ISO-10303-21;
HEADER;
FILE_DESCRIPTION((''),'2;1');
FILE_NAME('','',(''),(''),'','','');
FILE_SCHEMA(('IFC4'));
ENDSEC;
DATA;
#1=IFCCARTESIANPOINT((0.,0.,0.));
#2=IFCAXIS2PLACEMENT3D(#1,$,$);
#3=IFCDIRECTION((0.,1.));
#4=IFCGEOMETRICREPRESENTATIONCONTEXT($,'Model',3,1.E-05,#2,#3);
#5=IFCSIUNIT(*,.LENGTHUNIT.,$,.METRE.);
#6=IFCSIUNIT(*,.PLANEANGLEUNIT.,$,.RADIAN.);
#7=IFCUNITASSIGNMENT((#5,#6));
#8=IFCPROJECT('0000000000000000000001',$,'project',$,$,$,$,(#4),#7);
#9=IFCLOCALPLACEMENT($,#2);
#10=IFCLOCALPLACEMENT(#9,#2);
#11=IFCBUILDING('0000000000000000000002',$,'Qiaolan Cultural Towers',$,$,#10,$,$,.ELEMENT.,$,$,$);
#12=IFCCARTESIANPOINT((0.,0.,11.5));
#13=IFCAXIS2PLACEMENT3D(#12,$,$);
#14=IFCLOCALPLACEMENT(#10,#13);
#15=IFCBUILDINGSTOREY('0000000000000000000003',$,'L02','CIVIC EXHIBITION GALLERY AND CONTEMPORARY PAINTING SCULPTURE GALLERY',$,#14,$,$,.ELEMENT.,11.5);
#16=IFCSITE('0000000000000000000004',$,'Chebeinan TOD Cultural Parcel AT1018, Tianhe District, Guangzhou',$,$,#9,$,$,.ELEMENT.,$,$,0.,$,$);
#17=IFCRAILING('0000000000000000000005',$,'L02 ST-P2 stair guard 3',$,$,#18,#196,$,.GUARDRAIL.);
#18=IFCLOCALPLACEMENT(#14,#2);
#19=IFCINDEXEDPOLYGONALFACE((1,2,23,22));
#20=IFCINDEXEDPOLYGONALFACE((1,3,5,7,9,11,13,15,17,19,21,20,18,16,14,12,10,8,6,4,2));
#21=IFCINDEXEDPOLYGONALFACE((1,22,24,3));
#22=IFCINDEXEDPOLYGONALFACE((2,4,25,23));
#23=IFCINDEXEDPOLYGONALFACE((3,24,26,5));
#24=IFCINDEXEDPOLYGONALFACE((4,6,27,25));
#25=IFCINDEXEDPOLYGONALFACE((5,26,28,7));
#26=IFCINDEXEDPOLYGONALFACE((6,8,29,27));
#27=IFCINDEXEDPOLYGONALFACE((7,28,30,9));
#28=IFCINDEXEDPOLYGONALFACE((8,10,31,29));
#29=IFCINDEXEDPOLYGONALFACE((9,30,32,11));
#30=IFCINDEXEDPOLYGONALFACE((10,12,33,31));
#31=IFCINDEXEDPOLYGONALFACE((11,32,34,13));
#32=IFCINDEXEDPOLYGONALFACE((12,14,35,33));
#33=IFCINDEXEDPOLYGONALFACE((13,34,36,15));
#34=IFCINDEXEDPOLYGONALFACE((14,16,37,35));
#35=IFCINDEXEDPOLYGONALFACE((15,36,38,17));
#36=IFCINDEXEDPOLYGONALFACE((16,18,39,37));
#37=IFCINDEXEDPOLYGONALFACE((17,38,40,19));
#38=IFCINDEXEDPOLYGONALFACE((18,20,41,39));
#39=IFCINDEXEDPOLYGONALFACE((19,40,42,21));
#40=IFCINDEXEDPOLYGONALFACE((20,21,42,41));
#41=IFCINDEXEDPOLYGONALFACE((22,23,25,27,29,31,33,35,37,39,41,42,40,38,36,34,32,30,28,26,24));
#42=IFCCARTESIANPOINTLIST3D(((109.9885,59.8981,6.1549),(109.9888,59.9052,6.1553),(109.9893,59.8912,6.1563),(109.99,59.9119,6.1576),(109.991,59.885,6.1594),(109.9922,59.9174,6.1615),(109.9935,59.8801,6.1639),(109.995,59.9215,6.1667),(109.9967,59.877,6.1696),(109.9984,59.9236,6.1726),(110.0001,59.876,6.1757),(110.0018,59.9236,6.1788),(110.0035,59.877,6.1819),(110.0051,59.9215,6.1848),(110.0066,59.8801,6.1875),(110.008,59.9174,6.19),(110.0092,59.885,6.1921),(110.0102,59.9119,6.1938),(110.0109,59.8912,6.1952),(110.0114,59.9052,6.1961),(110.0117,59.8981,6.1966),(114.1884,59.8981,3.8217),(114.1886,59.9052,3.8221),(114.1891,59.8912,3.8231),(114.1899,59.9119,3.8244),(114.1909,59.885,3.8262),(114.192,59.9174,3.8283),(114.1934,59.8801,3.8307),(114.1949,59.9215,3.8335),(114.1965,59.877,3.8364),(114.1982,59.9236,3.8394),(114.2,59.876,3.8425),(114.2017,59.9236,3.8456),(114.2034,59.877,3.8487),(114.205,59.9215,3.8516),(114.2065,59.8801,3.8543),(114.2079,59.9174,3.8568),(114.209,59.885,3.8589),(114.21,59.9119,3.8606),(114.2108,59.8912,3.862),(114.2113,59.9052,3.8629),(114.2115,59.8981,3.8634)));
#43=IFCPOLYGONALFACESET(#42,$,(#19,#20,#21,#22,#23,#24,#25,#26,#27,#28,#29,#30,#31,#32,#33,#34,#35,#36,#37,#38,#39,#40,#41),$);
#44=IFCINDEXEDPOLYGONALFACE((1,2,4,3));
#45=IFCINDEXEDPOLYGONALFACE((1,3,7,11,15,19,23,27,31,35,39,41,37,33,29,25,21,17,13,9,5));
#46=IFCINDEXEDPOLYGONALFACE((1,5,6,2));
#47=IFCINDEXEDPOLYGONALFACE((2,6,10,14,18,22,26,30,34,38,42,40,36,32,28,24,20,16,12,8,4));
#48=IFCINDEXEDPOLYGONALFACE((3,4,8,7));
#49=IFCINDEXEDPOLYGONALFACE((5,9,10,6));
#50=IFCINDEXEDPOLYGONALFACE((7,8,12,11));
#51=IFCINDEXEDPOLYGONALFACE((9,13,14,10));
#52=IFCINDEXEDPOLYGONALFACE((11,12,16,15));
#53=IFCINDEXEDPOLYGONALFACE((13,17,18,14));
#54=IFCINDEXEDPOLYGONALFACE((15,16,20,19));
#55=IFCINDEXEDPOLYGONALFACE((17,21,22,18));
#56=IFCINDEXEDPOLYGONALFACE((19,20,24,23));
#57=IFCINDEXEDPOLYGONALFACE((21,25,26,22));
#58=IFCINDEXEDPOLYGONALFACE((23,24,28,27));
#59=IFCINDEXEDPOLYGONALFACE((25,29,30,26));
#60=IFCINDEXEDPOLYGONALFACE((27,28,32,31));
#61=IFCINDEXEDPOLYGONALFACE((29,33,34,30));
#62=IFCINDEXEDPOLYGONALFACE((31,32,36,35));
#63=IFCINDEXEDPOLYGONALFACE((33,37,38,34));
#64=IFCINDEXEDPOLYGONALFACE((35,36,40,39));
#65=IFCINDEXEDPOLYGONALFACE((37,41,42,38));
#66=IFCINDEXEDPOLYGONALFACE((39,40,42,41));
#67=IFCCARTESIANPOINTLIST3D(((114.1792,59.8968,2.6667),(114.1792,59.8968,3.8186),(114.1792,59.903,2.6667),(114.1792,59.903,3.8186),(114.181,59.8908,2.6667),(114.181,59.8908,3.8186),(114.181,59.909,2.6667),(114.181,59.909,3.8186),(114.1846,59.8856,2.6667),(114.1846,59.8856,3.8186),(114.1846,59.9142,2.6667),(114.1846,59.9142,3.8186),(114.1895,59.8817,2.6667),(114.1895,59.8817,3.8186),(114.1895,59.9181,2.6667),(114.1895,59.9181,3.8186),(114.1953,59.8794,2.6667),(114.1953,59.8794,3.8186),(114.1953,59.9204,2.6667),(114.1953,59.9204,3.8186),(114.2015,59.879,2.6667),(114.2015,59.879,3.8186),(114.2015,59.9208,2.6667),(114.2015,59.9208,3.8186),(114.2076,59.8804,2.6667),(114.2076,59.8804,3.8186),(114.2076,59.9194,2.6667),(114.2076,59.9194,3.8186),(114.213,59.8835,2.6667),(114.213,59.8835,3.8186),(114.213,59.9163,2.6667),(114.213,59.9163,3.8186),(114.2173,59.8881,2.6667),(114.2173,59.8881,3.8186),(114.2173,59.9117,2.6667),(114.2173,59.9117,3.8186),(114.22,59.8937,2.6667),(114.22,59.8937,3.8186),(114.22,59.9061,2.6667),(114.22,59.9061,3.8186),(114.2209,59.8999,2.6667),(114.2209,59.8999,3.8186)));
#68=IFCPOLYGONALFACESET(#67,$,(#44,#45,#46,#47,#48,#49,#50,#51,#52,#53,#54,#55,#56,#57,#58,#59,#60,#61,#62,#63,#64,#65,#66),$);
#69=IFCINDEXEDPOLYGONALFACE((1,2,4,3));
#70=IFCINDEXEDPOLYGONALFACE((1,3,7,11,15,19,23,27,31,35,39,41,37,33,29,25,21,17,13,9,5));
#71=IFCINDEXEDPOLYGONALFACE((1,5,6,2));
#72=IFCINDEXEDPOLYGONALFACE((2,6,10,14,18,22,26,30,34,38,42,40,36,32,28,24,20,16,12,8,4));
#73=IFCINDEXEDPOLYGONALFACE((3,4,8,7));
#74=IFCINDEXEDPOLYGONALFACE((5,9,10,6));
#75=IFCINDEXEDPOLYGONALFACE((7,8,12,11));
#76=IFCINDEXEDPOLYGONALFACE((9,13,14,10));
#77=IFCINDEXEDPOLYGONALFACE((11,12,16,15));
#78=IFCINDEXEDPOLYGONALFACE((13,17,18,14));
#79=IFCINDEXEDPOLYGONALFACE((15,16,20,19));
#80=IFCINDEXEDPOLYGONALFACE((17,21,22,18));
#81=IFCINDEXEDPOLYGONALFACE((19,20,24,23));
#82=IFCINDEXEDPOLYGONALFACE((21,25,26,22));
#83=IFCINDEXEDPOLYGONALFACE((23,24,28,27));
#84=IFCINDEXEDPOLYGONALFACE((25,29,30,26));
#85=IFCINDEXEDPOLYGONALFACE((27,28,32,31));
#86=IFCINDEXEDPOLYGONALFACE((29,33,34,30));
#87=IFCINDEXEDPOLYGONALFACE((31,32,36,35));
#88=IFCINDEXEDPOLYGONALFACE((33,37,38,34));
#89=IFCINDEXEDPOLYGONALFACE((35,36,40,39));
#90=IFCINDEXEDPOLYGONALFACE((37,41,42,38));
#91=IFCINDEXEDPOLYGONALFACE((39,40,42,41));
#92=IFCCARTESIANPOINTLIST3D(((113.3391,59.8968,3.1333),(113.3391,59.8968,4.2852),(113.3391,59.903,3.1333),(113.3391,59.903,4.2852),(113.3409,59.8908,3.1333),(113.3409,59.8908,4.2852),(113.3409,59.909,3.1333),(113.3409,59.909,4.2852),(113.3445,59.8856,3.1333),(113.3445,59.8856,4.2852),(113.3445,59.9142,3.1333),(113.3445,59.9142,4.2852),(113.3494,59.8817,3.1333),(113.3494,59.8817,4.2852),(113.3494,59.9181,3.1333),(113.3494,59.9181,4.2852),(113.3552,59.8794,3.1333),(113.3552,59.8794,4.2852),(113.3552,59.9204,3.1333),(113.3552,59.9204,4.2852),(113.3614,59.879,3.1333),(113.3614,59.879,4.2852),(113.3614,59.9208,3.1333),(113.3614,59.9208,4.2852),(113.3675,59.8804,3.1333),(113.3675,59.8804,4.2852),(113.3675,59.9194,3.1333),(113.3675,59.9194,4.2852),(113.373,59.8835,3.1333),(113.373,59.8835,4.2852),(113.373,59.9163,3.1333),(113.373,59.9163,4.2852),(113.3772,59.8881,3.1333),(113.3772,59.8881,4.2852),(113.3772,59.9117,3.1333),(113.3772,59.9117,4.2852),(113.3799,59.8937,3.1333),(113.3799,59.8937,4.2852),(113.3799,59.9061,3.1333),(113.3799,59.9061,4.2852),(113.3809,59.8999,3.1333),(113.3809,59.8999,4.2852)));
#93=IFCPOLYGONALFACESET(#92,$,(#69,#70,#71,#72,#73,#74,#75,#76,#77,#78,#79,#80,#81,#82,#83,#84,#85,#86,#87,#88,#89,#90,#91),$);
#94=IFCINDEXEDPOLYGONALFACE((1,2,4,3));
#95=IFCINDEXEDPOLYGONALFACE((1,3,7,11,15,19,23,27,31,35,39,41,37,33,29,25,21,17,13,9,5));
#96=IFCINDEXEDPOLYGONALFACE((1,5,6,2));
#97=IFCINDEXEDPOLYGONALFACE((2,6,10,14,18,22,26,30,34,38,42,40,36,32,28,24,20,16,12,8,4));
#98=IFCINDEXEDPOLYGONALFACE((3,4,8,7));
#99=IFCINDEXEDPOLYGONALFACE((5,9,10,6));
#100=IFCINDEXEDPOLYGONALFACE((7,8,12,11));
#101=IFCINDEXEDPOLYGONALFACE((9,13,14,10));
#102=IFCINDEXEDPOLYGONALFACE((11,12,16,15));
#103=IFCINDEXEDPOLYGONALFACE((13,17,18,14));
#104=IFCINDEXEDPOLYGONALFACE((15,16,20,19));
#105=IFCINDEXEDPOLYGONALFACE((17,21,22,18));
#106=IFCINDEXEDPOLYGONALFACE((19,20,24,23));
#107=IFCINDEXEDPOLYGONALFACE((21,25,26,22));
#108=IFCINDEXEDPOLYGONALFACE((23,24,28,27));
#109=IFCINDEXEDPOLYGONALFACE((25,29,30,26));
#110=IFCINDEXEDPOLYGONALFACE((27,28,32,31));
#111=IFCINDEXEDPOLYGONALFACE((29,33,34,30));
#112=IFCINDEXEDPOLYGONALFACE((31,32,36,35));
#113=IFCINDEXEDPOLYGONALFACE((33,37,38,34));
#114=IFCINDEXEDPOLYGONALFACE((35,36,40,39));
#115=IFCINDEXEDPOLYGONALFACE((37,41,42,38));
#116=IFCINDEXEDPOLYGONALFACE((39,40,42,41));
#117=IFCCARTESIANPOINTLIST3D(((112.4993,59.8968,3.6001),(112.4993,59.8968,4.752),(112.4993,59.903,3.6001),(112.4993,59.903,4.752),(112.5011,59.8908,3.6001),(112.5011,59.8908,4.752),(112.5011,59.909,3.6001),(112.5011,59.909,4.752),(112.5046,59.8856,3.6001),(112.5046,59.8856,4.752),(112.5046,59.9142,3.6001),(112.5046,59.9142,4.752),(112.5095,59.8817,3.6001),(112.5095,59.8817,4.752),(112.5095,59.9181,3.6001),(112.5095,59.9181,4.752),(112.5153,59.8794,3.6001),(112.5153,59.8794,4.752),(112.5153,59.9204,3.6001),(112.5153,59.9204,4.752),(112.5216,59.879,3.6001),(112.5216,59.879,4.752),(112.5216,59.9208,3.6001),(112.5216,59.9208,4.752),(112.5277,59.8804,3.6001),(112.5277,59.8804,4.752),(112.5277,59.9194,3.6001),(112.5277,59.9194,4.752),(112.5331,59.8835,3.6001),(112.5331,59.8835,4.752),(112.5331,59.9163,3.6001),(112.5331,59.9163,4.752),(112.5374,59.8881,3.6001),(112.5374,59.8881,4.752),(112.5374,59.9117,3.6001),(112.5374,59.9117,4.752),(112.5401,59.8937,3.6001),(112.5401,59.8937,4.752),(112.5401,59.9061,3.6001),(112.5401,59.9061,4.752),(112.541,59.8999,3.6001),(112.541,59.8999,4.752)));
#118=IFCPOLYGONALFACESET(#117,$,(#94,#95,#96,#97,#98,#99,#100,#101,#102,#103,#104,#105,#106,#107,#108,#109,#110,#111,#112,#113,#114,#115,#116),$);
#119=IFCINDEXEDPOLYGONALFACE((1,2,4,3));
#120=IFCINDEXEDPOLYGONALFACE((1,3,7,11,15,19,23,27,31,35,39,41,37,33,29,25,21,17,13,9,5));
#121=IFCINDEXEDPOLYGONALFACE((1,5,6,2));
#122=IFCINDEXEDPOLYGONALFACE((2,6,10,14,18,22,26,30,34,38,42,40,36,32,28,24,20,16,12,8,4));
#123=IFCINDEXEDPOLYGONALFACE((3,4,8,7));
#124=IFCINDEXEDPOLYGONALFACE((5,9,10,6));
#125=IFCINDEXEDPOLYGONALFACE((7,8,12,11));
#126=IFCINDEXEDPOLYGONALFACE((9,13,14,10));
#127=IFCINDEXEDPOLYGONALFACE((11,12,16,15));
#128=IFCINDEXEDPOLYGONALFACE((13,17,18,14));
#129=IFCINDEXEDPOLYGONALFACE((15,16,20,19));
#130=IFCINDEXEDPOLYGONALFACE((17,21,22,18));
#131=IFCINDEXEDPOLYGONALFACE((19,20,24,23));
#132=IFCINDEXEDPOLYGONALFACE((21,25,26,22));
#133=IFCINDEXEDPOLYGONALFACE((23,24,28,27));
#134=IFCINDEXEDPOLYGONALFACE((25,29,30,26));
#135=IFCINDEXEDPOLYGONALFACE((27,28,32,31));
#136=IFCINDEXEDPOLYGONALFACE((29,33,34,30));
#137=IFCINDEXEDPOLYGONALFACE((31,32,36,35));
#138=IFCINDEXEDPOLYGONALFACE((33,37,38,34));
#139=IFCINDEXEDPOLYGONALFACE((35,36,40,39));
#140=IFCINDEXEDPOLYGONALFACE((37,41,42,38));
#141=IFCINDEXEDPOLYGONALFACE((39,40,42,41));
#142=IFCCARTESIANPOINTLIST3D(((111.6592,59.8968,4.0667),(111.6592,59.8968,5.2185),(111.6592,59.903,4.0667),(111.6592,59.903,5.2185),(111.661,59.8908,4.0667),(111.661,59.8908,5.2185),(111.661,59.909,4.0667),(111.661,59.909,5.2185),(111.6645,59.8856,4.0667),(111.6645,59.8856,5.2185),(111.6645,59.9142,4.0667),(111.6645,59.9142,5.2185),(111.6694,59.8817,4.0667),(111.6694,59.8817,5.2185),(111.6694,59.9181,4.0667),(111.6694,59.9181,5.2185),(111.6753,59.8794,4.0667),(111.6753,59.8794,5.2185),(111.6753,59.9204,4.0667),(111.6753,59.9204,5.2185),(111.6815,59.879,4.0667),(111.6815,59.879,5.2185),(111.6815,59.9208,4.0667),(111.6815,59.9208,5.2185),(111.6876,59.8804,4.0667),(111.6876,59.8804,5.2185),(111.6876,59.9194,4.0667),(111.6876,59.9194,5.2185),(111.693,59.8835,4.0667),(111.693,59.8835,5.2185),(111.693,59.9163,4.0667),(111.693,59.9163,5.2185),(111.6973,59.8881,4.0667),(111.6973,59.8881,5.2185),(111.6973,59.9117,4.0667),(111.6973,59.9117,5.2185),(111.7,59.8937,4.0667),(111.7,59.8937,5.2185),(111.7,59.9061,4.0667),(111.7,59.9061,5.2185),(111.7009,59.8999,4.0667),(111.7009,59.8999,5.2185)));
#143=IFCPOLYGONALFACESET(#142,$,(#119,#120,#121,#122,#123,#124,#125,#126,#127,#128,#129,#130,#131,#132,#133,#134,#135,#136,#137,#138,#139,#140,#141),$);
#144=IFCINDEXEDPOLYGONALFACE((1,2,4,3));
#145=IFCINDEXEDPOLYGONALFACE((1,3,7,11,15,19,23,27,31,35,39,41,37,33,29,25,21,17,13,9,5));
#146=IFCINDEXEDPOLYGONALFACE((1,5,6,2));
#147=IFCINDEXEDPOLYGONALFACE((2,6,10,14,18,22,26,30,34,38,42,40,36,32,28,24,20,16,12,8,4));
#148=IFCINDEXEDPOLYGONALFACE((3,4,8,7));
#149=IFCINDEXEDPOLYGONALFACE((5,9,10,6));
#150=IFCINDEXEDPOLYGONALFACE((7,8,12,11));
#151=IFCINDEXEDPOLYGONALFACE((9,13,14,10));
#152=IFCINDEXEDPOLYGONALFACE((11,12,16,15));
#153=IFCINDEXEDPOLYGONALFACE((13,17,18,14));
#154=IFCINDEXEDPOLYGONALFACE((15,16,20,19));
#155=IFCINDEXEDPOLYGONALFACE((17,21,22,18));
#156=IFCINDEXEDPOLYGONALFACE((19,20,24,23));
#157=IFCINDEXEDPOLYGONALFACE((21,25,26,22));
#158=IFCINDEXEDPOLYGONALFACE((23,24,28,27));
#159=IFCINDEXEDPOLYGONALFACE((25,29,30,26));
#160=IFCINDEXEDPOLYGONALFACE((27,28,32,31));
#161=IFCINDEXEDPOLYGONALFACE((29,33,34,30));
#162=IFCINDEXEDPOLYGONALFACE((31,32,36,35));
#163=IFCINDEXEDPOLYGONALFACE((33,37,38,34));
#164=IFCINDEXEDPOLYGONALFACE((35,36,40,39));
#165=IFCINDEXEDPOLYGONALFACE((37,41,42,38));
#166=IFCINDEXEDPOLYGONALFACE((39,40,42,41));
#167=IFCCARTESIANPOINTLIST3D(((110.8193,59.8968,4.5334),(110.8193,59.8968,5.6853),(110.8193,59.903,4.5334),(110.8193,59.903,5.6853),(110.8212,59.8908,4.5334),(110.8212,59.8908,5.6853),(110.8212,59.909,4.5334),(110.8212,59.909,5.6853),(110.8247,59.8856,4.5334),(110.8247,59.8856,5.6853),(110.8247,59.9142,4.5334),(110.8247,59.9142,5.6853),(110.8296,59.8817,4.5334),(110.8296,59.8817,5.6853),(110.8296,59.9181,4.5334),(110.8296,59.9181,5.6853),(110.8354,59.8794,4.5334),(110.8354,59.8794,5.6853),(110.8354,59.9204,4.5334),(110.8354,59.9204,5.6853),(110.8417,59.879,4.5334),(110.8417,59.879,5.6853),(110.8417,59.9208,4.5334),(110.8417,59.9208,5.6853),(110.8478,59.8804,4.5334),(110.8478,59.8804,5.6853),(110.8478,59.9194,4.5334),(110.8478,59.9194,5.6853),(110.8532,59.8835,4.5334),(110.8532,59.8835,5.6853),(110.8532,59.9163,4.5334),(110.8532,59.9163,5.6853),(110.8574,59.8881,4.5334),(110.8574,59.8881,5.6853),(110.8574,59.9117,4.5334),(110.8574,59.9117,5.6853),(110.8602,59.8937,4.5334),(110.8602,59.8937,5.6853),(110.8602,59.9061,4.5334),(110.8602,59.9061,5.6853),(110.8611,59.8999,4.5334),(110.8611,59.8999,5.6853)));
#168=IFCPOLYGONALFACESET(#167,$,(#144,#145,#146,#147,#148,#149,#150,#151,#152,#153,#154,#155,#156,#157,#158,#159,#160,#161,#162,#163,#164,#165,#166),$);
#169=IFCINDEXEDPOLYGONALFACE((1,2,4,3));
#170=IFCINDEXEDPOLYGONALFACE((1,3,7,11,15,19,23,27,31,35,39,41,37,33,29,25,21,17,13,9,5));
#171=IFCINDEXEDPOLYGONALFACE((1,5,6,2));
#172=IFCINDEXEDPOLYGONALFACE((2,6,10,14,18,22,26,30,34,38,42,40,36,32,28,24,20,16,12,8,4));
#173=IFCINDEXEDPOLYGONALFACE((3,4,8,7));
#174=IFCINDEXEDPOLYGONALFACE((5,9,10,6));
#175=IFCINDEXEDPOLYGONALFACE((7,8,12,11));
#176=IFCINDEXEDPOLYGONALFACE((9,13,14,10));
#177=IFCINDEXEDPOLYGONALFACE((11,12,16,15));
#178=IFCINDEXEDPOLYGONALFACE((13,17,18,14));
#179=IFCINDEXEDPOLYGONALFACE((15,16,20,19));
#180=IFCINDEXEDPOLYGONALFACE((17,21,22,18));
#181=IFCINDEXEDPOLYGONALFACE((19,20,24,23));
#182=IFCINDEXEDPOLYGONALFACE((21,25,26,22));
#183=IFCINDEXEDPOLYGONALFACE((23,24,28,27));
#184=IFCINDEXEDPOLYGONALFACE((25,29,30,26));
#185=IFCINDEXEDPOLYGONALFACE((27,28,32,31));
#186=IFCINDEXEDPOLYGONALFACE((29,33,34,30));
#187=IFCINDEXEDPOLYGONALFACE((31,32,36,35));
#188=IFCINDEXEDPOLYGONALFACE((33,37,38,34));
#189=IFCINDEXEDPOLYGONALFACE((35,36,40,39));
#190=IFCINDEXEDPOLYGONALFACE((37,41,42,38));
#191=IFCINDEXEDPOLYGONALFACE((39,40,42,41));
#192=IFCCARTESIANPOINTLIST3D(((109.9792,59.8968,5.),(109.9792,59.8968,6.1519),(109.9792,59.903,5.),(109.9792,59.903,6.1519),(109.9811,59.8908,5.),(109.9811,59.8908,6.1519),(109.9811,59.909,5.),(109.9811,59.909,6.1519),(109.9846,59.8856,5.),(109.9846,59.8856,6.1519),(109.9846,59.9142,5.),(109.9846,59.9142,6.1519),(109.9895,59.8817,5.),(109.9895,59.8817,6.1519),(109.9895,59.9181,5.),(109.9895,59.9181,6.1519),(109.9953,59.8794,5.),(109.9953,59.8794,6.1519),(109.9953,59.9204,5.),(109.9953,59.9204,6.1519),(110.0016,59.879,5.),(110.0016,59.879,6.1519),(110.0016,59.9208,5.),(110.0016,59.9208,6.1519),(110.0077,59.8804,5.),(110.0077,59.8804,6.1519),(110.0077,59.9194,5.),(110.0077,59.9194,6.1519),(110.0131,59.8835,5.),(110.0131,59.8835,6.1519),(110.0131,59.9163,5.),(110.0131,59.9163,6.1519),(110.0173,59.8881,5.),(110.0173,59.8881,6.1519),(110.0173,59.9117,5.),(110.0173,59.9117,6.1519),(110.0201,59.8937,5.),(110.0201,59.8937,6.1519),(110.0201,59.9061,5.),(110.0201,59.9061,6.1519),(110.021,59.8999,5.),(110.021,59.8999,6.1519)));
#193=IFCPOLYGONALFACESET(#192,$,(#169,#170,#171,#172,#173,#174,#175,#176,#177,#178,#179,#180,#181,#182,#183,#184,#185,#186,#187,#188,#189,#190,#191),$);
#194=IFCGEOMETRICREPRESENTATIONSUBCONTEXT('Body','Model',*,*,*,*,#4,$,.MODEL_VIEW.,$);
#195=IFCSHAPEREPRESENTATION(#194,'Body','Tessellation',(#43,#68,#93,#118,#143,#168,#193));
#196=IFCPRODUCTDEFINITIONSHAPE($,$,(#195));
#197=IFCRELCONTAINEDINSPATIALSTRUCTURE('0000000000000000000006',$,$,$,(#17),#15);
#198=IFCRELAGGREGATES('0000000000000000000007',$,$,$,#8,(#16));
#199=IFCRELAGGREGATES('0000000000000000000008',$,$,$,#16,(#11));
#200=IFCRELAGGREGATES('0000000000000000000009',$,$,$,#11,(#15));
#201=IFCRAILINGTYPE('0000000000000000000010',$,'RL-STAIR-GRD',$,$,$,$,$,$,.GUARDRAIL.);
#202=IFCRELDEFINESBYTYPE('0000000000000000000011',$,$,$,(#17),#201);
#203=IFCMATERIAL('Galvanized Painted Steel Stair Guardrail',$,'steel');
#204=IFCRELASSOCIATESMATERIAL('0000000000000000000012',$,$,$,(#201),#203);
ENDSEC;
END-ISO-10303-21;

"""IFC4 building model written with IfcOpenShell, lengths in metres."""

from ifc_helpers import new_model, si_unit, direction, frame, origin, origin_2d, place, context, subcontext, project, spatial, circle, extrude, material, type_object, element, save


model = new_model("IFC4")

# Units and contexts
model_context = context("Model", 3, precision=1e-05, world=origin(), true_north=direction((0.0, 1.0)))
body_context = subcontext(model_context, "Body", "Model", "MODEL_VIEW")
ifc_project = project(units=[si_unit("LENGTHUNIT", "METRE"), si_unit("PLANEANGLEUNIT", "RADIAN")], contexts=[model_context])

# Site, building, storey
site_placement = place(None, origin())
site = spatial("IfcSite", under=ifc_project, at=site_placement, Name="Chebeinan TOD Cultural Parcel AT1018, Tianhe District, Guangzhou", CompositionType="ELEMENT", RefElevation=0.0)
building_placement = place(site_placement, origin())
building = spatial("IfcBuilding", under=site, at=building_placement, Name="Qiaolan Cultural Towers", CompositionType="ELEMENT")
storey_placement = place(building_placement, frame((0.0, 0.0, 11.5)))
storey = spatial("IfcBuildingStorey", under=building, at=storey_placement, Name="L02", Description="CIVIC EXHIBITION GALLERY AND CONTEMPORARY PAINTING SCULPTURE GALLERY", CompositionType="ELEMENT", Elevation=11.5)

# Railing
ifc_material_1 = material(Name="Galvanized Painted Steel Stair Guardrail", Category="steel")
railing_type_1 = type_object("IfcRailingType", Name="RL-STAIR-GRD", PredefinedType="GUARDRAIL", material=ifc_material_1)
railing_1_placement = place(storey_placement, frame((114.2, 59.8999, 2.6667)))
element("IfcRailing", 1, at=railing_1_placement, inside=storey, type_object=railing_type_1, Name="L02 ST-P2 stair guard 3", PredefinedType="GUARDRAIL", context=body_context, shape_type="SweptSolid", body=[
    extrude(circle(Radius=0.0239, at=origin_2d()), frame((0.0, 0.0, 1.1758), z_axis=(-0.874162, 0.0, 0.485634), x_axis=(0.0, -1.0, 0.0)), (0.0, 0.0, 1.0), 4.8044),
    extrude(circle(Radius=0.021, at=origin_2d()), origin(), (0.0, 0.0, 1.0), 1.1519),
    extrude(circle(Radius=0.021, at=origin_2d()), frame((-0.8401, 0.0, 0.4666)), (0.0, 0.0, 1.0), 1.1519),
    extrude(circle(Radius=0.021, at=origin_2d()), frame((-1.6799, 0.0, 0.9333)), (0.0, 0.0, 1.0), 1.1519),
    extrude(circle(Radius=0.021, at=origin_2d()), frame((-2.52, 0.0, 1.3999)), (0.0, 0.0, 1.0), 1.1519),
    extrude(circle(Radius=0.021, at=origin_2d()), frame((-3.3599, 0.0, 1.8667)), (0.0, 0.0, 1.0), 1.1519),
    extrude(circle(Radius=0.021, at=origin_2d()), frame((-4.2, 0.0, 2.3333)), (0.0, 0.0, 1.0), 1.1519),
])

save(model, "model.ifc")
